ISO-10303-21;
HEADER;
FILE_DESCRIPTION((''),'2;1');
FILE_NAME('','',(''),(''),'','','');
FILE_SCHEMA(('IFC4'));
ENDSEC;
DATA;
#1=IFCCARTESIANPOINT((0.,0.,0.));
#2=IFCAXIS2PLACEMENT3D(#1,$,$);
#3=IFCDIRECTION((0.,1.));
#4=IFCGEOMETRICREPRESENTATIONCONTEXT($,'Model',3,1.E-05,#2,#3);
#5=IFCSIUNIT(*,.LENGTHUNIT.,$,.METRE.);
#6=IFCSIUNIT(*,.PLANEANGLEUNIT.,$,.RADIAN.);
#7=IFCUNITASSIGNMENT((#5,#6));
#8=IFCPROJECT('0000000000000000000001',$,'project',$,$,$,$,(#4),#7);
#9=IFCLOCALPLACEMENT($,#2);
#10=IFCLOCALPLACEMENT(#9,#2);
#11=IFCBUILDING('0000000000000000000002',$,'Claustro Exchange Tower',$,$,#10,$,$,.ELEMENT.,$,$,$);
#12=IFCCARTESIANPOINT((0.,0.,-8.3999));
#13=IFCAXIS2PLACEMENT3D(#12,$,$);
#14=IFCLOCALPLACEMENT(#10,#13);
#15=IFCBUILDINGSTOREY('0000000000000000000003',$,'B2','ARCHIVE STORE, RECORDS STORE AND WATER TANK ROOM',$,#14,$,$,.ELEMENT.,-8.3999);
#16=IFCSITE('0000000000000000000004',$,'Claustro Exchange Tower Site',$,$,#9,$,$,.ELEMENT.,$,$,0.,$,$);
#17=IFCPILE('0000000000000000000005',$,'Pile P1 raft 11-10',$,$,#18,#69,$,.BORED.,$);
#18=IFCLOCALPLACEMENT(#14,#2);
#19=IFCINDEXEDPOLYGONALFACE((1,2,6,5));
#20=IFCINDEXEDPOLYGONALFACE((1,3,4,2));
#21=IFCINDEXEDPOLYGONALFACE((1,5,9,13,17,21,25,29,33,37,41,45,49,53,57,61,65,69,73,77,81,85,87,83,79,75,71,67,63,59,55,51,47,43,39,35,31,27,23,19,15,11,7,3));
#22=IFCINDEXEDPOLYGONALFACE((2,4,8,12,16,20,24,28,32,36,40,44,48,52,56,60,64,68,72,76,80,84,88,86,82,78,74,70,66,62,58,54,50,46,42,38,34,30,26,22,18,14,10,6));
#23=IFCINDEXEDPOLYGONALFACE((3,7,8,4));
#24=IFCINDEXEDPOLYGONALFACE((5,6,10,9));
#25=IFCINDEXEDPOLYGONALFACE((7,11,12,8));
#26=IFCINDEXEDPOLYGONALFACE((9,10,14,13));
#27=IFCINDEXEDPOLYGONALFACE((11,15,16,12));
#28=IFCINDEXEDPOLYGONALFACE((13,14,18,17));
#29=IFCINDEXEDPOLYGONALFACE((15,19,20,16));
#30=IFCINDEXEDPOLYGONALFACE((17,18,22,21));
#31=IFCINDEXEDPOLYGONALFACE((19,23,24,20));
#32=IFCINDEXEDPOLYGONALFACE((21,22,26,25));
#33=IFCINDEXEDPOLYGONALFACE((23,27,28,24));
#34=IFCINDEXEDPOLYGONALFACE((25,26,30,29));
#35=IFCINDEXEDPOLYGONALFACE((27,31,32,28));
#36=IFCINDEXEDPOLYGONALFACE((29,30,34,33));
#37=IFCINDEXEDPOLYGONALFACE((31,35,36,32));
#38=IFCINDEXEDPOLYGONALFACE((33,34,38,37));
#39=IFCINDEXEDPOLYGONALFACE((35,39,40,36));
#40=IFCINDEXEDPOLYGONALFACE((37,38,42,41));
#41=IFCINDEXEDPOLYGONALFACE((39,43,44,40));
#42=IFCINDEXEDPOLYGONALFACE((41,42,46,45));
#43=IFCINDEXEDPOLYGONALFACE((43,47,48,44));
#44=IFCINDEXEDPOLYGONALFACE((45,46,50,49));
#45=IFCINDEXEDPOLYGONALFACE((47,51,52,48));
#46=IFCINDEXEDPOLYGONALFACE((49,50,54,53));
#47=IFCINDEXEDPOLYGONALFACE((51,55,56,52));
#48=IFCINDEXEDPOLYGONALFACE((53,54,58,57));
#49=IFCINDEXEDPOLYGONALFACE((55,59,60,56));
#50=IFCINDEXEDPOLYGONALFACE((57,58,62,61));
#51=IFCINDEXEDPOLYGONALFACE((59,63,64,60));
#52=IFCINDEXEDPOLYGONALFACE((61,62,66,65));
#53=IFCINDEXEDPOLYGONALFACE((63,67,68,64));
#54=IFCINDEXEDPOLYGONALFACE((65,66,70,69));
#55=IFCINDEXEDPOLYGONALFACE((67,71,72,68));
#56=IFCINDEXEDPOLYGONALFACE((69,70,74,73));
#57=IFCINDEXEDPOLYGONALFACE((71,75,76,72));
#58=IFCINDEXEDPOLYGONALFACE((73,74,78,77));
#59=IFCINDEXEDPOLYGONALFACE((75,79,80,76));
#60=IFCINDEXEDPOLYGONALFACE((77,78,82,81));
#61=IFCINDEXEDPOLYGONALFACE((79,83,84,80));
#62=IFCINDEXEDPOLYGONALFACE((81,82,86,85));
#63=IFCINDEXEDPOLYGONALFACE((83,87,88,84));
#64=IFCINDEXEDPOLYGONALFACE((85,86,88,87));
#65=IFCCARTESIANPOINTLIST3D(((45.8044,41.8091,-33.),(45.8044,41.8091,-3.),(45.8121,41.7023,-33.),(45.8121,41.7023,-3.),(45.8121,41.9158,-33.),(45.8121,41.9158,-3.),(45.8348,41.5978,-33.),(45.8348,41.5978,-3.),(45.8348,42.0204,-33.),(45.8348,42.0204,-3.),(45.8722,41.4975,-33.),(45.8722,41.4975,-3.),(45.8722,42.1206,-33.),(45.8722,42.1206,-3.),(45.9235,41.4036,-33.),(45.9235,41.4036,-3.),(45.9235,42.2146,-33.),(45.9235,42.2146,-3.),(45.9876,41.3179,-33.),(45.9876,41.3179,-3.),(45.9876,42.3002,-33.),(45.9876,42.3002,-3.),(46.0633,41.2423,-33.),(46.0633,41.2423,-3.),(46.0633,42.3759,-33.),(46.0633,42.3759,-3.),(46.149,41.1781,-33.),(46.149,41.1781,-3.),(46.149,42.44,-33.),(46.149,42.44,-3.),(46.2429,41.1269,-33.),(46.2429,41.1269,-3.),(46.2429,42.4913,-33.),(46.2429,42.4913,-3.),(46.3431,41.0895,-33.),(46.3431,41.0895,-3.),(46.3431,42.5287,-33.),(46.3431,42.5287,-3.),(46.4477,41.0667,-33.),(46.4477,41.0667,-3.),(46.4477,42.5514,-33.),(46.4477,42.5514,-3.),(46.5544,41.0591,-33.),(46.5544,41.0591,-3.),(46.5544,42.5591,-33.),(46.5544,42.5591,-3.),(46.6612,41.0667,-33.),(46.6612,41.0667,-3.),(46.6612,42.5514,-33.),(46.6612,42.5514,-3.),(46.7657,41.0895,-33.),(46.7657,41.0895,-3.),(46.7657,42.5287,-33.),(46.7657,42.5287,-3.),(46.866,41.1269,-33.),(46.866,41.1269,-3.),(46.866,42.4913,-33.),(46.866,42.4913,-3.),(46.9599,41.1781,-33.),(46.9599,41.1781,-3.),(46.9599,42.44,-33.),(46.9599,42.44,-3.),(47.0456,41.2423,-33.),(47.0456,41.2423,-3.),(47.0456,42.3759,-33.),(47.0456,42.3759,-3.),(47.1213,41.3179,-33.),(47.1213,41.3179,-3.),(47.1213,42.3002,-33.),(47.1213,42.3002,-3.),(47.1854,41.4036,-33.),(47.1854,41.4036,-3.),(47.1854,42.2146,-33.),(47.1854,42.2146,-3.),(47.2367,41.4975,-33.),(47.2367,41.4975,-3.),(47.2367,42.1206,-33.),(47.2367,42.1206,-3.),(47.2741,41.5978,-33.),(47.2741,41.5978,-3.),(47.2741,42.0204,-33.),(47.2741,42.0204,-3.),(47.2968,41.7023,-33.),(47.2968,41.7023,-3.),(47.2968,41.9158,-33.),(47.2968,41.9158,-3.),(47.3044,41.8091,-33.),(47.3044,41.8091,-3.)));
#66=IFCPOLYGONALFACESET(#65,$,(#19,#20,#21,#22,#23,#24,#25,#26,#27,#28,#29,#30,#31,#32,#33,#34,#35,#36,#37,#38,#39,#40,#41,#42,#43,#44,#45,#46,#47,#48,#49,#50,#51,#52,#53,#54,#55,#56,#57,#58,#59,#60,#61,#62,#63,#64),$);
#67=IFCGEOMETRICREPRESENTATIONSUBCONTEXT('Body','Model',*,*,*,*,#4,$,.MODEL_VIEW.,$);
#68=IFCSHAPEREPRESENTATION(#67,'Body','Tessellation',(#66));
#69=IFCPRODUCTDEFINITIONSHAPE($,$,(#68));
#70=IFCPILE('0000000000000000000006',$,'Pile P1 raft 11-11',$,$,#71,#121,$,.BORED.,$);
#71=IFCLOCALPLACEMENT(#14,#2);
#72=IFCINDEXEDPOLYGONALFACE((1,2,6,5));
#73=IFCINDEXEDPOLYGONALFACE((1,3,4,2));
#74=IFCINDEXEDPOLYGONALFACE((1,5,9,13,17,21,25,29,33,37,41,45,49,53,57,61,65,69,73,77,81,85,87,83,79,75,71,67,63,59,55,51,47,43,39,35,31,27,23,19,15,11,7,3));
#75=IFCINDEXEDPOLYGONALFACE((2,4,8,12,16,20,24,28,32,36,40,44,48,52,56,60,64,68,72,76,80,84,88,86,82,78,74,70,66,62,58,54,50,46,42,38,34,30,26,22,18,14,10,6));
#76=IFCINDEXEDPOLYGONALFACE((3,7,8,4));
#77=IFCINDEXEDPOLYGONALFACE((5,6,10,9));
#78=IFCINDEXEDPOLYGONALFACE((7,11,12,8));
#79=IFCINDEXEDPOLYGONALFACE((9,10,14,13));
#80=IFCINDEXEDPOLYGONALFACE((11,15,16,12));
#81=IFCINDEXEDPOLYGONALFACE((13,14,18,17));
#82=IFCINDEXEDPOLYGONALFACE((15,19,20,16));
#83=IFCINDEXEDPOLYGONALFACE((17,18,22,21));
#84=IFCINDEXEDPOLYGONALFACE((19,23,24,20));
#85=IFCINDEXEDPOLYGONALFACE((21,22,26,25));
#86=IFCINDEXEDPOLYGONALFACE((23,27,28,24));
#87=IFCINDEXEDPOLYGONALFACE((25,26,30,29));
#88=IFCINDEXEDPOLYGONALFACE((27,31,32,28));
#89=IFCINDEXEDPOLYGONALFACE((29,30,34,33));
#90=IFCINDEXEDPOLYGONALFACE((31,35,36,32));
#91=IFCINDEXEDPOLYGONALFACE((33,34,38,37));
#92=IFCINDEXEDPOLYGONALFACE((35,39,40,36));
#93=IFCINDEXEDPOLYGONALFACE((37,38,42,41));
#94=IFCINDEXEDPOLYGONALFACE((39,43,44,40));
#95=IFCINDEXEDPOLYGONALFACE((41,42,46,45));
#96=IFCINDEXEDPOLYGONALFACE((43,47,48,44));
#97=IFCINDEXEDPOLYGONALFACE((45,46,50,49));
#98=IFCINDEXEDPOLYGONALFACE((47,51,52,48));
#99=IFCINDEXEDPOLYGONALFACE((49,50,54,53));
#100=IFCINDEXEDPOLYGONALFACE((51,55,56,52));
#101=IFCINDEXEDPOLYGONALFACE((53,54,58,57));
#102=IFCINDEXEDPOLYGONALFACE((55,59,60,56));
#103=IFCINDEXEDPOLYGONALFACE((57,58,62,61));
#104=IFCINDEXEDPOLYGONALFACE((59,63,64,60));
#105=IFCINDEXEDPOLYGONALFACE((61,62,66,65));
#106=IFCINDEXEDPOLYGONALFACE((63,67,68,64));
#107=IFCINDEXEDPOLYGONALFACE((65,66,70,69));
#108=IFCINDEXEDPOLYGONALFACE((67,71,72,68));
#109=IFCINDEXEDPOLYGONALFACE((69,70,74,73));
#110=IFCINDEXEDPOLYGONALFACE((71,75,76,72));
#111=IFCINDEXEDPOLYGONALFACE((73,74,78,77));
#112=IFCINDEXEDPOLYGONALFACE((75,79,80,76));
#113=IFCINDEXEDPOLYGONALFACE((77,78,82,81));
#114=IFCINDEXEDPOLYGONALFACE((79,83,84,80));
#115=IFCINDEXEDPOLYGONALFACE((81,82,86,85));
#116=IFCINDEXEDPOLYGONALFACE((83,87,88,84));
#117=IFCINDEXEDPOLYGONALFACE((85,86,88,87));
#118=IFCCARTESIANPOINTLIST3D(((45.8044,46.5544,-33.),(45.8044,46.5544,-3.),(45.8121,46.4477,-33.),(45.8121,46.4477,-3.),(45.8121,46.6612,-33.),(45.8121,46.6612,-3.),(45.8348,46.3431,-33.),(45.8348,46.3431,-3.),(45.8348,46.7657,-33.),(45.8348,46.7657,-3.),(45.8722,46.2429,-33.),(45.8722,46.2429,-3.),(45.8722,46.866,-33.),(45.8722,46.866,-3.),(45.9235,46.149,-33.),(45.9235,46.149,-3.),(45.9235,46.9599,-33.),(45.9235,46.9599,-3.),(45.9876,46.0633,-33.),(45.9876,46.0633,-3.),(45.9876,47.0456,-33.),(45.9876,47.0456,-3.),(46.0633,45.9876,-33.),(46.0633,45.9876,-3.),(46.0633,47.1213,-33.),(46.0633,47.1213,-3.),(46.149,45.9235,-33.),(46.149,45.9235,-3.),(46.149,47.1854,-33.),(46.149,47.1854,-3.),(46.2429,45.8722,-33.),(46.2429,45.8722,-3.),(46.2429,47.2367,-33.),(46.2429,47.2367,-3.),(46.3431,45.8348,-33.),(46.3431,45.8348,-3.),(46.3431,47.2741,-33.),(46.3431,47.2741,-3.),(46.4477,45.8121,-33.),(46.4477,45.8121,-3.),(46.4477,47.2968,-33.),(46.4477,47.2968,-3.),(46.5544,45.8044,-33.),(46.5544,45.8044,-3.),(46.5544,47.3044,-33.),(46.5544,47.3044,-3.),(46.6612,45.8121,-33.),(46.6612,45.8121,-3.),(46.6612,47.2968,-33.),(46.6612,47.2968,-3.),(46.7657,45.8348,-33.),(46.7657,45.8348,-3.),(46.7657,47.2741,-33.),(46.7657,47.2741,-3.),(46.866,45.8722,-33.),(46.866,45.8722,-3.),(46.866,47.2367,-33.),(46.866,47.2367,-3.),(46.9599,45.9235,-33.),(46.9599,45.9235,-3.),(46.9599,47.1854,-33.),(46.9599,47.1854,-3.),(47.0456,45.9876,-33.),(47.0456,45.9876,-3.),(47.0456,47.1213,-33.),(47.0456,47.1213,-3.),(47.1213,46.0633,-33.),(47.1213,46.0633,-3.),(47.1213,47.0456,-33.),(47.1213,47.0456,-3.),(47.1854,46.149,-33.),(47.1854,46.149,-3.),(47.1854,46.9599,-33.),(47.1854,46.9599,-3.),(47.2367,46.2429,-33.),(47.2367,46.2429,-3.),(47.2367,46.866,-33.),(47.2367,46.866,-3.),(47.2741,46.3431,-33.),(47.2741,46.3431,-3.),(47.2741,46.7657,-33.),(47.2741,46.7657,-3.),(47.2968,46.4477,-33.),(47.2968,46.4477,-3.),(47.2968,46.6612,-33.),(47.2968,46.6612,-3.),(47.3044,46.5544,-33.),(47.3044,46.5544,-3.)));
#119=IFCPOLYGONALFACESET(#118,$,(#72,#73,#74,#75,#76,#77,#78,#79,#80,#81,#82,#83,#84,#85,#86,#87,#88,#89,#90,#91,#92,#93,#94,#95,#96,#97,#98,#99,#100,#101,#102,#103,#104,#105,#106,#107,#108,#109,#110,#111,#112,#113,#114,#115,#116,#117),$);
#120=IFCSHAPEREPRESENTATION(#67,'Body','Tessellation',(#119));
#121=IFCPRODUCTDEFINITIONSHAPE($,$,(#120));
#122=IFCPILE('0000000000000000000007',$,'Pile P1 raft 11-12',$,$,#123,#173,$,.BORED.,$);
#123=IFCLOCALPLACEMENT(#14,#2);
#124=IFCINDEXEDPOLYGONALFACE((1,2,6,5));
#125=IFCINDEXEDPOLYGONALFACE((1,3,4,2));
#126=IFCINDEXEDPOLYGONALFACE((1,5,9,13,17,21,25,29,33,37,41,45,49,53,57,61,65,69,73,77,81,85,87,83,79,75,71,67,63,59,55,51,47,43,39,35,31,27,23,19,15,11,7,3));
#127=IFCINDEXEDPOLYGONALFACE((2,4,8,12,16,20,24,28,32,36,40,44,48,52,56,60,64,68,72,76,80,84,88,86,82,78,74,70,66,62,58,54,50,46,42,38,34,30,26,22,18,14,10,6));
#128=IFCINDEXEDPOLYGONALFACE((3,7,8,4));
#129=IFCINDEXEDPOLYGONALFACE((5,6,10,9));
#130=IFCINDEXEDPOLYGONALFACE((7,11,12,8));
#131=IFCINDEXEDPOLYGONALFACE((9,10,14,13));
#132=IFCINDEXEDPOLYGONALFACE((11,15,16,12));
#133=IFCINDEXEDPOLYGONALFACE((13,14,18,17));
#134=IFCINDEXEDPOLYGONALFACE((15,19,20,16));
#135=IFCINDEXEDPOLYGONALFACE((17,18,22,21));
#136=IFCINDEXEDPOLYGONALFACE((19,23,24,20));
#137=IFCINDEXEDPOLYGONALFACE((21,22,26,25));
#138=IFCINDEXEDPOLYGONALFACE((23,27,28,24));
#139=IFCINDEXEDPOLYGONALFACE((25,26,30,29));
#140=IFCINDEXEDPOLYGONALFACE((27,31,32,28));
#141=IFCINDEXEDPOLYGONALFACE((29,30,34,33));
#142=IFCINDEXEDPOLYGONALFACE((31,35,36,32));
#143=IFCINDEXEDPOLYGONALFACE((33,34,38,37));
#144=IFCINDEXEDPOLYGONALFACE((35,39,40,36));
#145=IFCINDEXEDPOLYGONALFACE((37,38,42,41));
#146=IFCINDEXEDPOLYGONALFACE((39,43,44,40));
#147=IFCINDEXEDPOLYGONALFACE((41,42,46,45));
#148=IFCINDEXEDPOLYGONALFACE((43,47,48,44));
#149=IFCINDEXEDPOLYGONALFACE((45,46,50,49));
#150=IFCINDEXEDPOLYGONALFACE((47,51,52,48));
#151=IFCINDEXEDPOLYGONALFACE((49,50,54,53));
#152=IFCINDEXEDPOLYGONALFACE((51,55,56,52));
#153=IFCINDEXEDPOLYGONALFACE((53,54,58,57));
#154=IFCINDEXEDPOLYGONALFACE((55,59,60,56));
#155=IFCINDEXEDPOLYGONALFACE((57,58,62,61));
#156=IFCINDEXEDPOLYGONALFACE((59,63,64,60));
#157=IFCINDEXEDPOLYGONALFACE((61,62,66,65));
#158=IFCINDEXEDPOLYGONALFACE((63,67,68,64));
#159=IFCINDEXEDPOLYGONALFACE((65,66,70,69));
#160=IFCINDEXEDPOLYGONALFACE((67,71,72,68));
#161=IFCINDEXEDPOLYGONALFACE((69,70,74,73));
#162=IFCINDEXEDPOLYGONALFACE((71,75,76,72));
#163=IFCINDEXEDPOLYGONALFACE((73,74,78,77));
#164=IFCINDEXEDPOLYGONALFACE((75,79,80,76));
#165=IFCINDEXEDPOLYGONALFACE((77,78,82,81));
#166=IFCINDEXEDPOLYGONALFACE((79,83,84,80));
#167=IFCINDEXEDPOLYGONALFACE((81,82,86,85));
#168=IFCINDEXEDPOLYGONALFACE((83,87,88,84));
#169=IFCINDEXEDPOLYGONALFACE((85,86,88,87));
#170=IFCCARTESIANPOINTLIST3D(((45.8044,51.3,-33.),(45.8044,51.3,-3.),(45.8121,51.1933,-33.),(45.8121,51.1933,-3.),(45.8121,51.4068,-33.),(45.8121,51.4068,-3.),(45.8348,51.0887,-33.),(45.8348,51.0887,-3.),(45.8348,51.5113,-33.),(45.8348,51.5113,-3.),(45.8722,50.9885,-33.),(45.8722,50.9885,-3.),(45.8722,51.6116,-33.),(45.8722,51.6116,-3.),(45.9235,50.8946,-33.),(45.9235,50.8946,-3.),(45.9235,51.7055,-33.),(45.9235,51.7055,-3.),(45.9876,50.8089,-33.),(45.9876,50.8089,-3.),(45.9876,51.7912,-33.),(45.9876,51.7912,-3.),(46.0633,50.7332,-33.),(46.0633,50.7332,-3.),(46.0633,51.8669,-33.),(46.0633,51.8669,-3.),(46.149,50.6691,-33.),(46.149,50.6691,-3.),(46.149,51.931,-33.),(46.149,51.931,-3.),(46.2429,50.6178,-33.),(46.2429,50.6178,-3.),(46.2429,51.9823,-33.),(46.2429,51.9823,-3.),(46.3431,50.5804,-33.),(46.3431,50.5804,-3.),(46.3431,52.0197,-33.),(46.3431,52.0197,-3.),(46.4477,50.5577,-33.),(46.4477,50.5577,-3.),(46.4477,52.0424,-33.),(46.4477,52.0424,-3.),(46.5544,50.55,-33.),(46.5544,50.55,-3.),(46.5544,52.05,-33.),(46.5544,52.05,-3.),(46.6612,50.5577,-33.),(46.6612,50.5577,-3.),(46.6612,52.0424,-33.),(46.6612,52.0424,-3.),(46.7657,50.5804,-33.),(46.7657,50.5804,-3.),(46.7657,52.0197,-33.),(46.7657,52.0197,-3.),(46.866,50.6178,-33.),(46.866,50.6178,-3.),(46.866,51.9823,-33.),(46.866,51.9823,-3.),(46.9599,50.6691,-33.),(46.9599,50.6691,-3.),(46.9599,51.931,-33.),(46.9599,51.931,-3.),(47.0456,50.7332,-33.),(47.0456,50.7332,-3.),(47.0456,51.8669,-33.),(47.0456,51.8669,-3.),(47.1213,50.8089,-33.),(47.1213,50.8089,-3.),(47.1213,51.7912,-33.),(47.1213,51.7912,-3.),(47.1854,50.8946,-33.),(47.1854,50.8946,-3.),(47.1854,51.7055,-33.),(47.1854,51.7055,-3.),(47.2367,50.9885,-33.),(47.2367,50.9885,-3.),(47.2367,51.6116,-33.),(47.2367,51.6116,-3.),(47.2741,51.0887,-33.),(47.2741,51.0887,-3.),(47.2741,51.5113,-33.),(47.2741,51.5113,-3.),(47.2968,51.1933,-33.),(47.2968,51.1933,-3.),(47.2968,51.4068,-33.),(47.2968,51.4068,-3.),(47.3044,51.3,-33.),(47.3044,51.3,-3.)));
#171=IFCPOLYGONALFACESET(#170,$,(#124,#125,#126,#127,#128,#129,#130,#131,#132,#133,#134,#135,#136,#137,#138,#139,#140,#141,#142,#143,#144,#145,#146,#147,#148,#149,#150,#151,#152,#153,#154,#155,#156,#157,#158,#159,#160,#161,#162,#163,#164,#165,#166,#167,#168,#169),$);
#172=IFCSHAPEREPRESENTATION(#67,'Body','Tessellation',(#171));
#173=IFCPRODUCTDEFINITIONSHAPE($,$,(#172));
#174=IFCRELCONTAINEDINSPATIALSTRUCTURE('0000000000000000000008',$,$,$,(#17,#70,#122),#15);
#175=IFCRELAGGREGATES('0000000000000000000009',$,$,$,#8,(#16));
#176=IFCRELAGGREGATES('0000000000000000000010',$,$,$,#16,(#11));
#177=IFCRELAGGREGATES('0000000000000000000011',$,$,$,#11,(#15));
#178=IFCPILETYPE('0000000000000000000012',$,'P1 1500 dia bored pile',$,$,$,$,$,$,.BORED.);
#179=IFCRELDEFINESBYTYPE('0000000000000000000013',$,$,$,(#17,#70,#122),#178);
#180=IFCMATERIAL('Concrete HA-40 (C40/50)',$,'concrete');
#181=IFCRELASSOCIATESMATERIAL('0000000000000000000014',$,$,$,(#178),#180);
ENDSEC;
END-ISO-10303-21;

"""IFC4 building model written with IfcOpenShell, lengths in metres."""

from ifc_helpers import new_model, si_unit, direction, frame, origin, origin_2d, place, context, subcontext, project, spatial, circle, extrude, material, type_object, element, save


model = new_model("IFC4")

# Units and contexts
model_context = context("Model", 3, precision=1e-05, world=origin(), true_north=direction((0.0, 1.0)))
body_context = subcontext(model_context, "Body", "Model", "MODEL_VIEW")
ifc_project = project(units=[si_unit("LENGTHUNIT", "METRE"), si_unit("PLANEANGLEUNIT", "RADIAN")], contexts=[model_context])

# Site, building, storey
site_placement = place(None, origin())
site = spatial("IfcSite", under=ifc_project, at=site_placement, Name="Claustro Exchange Tower Site", CompositionType="ELEMENT", RefElevation=0.0)
building_placement = place(site_placement, origin())
building = spatial("IfcBuilding", under=site, at=building_placement, Name="Claustro Exchange Tower", CompositionType="ELEMENT")
storey_placement = place(building_placement, frame((0.0, 0.0, -8.3999)))
storey = spatial("IfcBuildingStorey", under=building, at=storey_placement, Name="B2", Description="ARCHIVE STORE, RECORDS STORE AND WATER TANK ROOM", CompositionType="ELEMENT", Elevation=-8.3999)

# Piles
ifc_material_1 = material(Name="Concrete HA-40 (C40/50)", Category="concrete")
pile_type_1 = type_object("IfcPileType", Name="P1 1500 dia bored pile", PredefinedType="BORED", material=ifc_material_1)
for number, where, z_axis, x_axis, name in (
    (1, (46.5544, 41.8091, -3.0), (0.0, 0.0, -1.0), (1.0, 0.0, 0.0), "Pile P1 raft 11-10"),
    (2, (46.5544, 46.5544, -3.0), (0.0, 0.0, -1.0), (1.0, 0.0, 0.0), "Pile P1 raft 11-11"),
    (3, (46.5544, 51.3, -3.0), (0.0, 0.0, -1.0), (1.0, 0.0, 0.0), "Pile P1 raft 11-12"),
):
    element("IfcPile", number, at=place(storey_placement, frame(where, z_axis=z_axis, x_axis=x_axis)), inside=storey, type_object=pile_type_1, Name=name, PredefinedType="BORED", context=body_context, shape_type="SweptSolid", body=[
        extrude(circle(Radius=0.75, at=origin_2d()), origin(), (0.0, 0.0, 1.0), 30.0),
    ])

save(model, "model.ifc")
